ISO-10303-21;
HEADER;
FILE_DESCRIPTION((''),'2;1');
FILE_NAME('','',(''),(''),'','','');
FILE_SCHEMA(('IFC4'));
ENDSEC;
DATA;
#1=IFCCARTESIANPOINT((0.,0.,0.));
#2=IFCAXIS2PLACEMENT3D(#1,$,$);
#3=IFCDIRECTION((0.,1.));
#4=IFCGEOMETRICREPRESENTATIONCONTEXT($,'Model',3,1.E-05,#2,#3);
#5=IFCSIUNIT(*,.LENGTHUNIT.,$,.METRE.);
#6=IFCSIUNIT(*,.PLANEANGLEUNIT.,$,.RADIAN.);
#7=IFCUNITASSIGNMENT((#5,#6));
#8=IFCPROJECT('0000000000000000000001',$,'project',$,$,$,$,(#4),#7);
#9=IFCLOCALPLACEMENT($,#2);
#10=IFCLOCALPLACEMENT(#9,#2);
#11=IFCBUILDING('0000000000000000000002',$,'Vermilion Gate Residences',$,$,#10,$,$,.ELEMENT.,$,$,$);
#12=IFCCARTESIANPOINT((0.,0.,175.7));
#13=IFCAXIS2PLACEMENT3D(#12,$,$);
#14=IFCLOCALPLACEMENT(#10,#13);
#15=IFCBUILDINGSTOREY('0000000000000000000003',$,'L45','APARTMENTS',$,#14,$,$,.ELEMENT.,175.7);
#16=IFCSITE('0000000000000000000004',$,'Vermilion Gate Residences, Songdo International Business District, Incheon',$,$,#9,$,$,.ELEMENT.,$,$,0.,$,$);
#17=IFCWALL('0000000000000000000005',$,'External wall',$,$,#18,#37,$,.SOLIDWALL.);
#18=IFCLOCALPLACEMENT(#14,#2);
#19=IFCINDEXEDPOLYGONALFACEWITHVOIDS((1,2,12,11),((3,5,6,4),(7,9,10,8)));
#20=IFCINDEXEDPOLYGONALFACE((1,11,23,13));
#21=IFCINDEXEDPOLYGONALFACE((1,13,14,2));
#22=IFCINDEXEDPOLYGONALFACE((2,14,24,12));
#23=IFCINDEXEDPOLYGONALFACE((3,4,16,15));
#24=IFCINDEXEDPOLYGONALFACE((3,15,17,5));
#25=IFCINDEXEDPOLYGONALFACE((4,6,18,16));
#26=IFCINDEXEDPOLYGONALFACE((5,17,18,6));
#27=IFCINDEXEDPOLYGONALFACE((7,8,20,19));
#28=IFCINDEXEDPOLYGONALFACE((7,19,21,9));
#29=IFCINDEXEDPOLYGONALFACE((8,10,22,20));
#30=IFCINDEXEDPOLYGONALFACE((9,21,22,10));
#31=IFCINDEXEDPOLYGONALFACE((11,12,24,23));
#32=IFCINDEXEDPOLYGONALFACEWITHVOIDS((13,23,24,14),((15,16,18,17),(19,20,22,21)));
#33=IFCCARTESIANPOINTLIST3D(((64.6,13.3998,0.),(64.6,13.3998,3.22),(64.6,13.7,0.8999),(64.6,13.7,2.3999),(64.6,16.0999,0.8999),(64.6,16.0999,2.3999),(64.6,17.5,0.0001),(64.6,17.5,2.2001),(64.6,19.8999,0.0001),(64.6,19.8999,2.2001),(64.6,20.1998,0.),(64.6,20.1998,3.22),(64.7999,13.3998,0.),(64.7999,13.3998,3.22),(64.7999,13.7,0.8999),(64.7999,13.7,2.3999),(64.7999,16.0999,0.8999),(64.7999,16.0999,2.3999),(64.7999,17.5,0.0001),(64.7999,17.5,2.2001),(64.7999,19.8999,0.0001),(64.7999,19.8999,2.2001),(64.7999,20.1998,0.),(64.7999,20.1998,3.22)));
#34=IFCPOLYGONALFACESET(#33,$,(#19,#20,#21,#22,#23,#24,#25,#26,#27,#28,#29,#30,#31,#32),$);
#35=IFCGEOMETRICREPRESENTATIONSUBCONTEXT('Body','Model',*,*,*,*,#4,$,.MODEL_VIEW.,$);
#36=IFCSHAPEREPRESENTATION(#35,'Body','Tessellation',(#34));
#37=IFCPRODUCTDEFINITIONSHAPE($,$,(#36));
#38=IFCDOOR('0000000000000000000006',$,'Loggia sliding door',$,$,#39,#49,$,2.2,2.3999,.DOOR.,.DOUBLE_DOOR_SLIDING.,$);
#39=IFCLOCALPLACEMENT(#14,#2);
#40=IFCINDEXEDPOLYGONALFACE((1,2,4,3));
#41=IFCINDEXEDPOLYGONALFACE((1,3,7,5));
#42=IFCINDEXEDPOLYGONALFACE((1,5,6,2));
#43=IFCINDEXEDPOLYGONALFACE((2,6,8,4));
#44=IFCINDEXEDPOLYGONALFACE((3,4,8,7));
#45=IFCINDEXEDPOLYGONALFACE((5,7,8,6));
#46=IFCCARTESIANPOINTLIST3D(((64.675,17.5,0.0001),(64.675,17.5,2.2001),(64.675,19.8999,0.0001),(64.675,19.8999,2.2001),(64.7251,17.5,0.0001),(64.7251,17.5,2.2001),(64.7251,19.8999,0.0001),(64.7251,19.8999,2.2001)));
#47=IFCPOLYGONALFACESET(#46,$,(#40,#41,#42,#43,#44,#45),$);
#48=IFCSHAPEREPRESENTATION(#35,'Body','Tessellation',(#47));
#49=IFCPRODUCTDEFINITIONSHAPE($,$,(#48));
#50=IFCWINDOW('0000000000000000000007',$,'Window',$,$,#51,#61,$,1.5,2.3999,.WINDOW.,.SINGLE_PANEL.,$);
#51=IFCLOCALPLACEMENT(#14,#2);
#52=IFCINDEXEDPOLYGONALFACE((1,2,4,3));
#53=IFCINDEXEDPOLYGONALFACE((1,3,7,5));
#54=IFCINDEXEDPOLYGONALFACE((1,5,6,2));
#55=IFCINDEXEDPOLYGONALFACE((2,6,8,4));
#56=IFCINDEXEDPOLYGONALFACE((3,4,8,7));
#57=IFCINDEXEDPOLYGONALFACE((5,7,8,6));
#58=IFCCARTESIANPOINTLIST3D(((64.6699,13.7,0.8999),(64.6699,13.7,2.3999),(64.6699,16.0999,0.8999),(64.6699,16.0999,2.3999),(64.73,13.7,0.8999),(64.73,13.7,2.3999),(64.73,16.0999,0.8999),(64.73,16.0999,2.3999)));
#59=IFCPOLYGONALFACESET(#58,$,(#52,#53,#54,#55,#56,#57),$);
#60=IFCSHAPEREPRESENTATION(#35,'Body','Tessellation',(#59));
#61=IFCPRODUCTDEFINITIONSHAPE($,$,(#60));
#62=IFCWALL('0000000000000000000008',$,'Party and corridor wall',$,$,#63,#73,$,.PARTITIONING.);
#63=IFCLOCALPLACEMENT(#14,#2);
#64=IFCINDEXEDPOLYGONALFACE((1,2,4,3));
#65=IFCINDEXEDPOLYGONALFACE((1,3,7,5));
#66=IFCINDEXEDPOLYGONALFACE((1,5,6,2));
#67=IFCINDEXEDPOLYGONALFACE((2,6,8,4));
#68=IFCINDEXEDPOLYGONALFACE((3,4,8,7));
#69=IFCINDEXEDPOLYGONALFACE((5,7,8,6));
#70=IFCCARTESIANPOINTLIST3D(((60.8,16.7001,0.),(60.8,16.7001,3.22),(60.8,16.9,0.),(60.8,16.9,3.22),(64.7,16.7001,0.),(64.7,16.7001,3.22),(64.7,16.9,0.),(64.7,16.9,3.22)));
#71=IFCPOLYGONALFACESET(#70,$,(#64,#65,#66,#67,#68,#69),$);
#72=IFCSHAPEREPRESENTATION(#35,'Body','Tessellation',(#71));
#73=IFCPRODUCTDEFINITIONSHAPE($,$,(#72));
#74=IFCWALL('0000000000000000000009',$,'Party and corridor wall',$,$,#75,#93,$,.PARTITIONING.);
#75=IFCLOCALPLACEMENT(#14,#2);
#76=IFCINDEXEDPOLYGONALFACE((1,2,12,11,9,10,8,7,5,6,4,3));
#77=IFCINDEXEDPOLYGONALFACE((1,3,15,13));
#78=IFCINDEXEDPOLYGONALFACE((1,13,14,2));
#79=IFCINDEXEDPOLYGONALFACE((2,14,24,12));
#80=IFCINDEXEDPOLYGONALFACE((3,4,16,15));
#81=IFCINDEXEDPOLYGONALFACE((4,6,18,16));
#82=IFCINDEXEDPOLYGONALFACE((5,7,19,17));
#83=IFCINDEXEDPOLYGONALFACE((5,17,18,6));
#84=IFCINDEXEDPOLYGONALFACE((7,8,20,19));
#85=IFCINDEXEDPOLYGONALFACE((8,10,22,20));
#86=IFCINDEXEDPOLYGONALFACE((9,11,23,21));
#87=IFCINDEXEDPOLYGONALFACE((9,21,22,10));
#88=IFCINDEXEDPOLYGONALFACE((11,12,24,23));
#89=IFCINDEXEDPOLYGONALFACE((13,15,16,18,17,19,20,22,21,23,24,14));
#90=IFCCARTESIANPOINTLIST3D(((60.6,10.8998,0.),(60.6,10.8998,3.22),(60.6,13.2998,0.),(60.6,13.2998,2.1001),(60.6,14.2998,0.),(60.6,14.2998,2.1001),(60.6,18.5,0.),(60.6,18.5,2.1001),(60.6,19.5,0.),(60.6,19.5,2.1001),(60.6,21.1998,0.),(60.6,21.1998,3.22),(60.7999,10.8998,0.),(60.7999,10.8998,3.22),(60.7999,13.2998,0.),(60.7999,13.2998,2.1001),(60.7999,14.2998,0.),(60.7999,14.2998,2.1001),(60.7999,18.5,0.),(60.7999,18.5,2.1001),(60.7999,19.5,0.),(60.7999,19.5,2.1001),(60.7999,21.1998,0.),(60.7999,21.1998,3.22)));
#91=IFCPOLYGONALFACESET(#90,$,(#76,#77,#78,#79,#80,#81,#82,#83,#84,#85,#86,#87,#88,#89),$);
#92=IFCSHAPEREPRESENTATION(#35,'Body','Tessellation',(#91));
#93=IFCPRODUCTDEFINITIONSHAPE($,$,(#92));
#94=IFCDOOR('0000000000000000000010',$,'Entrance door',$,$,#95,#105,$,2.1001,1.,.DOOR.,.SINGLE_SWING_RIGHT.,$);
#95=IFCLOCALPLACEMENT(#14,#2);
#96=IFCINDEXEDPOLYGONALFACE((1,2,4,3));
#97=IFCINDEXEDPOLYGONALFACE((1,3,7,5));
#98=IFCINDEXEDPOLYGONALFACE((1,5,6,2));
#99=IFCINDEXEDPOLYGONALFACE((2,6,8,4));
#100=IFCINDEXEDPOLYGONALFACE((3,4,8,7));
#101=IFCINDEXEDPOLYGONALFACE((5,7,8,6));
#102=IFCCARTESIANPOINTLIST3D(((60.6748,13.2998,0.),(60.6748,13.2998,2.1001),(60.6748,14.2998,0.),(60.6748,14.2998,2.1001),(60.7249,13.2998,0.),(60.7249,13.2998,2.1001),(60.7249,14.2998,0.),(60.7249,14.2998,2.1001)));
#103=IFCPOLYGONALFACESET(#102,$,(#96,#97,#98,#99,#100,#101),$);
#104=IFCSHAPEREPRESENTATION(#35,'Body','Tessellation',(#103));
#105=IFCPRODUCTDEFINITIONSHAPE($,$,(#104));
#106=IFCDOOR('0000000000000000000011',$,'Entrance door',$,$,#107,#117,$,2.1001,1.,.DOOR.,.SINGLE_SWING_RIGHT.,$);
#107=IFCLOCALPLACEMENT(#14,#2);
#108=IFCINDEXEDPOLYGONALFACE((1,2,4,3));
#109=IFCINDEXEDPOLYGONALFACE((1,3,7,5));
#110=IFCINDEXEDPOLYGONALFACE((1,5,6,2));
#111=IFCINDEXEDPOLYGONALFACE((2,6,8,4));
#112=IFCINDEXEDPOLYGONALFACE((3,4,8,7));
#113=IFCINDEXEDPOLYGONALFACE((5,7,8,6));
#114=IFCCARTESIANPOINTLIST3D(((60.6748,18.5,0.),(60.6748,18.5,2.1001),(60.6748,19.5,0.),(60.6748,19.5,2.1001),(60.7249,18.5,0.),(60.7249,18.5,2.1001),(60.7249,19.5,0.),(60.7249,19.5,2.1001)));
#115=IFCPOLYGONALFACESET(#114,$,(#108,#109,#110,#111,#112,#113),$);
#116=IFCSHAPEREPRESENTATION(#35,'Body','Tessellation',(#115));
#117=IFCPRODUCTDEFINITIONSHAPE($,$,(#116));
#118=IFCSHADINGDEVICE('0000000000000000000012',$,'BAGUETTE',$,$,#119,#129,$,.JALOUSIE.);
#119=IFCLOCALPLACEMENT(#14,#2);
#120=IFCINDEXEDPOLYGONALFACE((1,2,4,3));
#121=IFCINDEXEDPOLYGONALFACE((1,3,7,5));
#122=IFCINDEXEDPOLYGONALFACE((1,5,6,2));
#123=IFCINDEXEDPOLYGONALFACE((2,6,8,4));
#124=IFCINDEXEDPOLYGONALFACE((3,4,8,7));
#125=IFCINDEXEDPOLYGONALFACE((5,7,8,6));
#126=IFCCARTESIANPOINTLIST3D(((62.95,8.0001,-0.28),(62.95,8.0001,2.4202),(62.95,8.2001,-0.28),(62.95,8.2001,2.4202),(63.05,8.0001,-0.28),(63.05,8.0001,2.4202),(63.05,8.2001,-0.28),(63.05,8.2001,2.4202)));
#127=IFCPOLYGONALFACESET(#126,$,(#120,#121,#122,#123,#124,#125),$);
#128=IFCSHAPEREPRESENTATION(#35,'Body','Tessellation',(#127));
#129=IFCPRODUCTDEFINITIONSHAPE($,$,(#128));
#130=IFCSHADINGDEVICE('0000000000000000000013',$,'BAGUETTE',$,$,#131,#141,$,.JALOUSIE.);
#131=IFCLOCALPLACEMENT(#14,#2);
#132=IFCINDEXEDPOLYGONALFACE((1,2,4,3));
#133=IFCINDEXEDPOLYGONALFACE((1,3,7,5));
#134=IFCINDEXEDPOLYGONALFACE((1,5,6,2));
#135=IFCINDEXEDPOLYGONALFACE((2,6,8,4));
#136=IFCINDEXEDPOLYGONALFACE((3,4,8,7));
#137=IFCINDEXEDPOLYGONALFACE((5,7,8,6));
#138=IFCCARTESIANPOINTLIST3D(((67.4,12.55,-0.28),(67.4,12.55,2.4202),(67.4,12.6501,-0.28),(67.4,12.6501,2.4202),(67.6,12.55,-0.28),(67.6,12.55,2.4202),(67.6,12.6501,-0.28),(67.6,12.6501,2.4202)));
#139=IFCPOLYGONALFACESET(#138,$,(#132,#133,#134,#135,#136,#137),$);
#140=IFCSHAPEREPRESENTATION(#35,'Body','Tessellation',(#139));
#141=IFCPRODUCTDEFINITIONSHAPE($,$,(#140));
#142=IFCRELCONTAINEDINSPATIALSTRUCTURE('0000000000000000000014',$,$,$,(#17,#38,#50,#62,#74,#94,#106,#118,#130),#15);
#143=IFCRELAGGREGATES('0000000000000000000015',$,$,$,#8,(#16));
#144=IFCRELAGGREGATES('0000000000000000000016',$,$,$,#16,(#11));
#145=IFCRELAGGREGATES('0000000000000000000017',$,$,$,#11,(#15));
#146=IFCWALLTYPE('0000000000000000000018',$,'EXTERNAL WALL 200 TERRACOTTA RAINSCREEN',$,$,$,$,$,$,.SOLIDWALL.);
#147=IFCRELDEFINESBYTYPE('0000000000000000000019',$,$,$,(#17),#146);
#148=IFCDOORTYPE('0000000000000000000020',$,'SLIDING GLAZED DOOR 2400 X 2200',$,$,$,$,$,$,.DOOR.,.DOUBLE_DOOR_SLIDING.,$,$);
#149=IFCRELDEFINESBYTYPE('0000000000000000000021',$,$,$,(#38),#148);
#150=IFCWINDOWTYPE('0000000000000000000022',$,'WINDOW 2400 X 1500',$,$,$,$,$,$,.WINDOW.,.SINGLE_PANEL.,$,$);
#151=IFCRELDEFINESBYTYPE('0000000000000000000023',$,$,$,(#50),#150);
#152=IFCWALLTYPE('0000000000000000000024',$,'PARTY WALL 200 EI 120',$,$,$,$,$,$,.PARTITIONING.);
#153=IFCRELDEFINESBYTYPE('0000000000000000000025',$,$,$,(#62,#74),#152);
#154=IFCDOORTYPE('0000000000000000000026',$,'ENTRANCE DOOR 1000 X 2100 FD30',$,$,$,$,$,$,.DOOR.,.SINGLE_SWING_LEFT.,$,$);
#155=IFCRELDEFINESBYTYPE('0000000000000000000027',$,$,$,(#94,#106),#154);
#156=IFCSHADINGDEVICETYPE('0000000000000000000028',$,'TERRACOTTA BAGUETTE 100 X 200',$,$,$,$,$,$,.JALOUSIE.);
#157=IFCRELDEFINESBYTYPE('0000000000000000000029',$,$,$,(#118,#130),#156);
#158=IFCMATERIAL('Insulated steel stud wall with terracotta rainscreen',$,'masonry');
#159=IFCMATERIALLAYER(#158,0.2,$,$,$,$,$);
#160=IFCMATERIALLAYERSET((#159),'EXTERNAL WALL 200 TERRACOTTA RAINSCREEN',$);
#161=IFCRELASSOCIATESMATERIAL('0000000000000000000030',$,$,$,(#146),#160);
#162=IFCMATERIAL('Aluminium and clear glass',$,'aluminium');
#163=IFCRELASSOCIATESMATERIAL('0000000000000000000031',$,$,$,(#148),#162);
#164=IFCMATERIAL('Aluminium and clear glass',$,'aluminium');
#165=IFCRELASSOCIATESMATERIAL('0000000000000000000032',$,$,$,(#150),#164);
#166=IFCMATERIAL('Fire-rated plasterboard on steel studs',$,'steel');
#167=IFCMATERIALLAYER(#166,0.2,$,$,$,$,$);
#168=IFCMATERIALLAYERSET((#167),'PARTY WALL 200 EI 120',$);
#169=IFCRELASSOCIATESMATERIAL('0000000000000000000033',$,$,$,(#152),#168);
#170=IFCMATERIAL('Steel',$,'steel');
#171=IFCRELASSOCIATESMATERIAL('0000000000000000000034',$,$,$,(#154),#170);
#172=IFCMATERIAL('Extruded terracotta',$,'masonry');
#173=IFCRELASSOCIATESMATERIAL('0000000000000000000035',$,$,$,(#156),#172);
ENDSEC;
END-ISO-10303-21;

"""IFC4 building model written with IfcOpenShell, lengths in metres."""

from ifc_helpers import new_model, si_unit, direction, frame, frame_2d, origin, origin_2d, place, context, subcontext, project, spatial, rectangle, extrude, material, layer, layer_set, material_profile, profile_set, type_object, element, fill, save


model = new_model("IFC4")

# Units and contexts
model_context = context("Model", 3, precision=1e-05, world=origin(), true_north=direction((0.0, 1.0)))
body_context = subcontext(model_context, "Body", "Model", "MODEL_VIEW")
ifc_project = project(units=[si_unit("LENGTHUNIT", "METRE"), si_unit("PLANEANGLEUNIT", "RADIAN")], contexts=[model_context])

# Site, building, storey
site_placement = place(None, origin())
site = spatial("IfcSite", under=ifc_project, at=site_placement, Name="Vermilion Gate Residences, Songdo International Business District, Incheon", CompositionType="ELEMENT", RefElevation=0.0)
building_placement = place(site_placement, origin())
building = spatial("IfcBuilding", under=site, at=building_placement, Name="Vermilion Gate Residences", CompositionType="ELEMENT")
storey_placement = place(building_placement, frame((0.0, 0.0, 175.7)))
storey = spatial("IfcBuildingStorey", under=building, at=storey_placement, Name="L45", Description="APARTMENTS", CompositionType="ELEMENT", Elevation=175.7)

# Shared definitions
ifc_material_1 = material(Name="Insulated steel stud wall with terracotta rainscreen", Category="masonry")
ifc_layer_1 = layer(ifc_material_1, 0.2)
ifc_layer_set_1 = layer_set([ifc_layer_1], Name="EXTERNAL WALL 200 TERRACOTTA RAINSCREEN")
wall_type_1 = type_object("IfcWallType", Name="EXTERNAL WALL 200 TERRACOTTA RAINSCREEN", PredefinedType="SOLIDWALL", material=ifc_layer_set_1)

# Wall, openings, door, window
wall_1_placement = place(storey_placement, frame((64.7, 13.3999, 0.0), z_axis=(0.0, 0.0, 1.0), x_axis=(0.0, 1.0, 0.0)))
wall_1 = element("IfcWall", 1, at=wall_1_placement, inside=storey, type_object=wall_type_1, Name="External wall", PredefinedType="SOLIDWALL", context=body_context, shape_type="SweptSolid", body=[
    extrude(rectangle(XDim=6.8, YDim=0.2, at=frame_2d((3.3999, 0.0))), origin(), (0.0, 0.0, 1.0), 3.22),
])
opening_1_placement = place(wall_1_placement, frame((0.3, 0.0, 0.8999)))
opening_1 = element("IfcOpeningElement", 2, at=opening_1_placement, cuts=wall_1, PredefinedType="OPENING", context=body_context, shape_type="SweptSolid", body=[
    extrude(rectangle(XDim=2.3999, YDim=1.5, at=frame_2d((1.2, 0.75))), frame((0.0, 0.1099, 0.0), z_axis=(0.0, -1.0, 0.0), x_axis=(1.0, 0.0, 0.0)), (0.0, 0.0, 1.0), 0.22),
])
opening_2_placement = place(wall_1_placement, frame((4.1001, 0.0, 0.0)))
opening_2 = element("IfcOpeningElement", 3, at=opening_2_placement, cuts=wall_1, PredefinedType="OPENING", context=body_context, shape_type="SweptSolid", body=[
    extrude(rectangle(XDim=2.3999, YDim=2.2, at=frame_2d((1.2, 1.1001))), frame((0.0, 0.1099, 0.0), z_axis=(0.0, -1.0, 0.0), x_axis=(1.0, 0.0, 0.0)), (0.0, 0.0, 1.0), 0.22),
])
ifc_material_2 = material(Name="Aluminium and clear glass", Category="aluminium")
door_type_1 = type_object("IfcDoorType", Name="SLIDING GLAZED DOOR 2400 X 2200", OperationType="DOUBLE_DOOR_SLIDING", PredefinedType="DOOR", material=ifc_material_2)
door_1_placement = place(opening_2_placement, origin())
door_1 = element("IfcDoor", 4, at=door_1_placement, inside=storey, type_object=door_type_1, Name="Loggia sliding door", OperationType="DOUBLE_DOOR_SLIDING", OverallHeight=2.2, OverallWidth=2.3999, PredefinedType="DOOR", context=body_context, shape_type="SweptSolid", body=[
    extrude(rectangle(XDim=2.3999, YDim=2.2, at=frame_2d((1.2, 1.1001))), frame((0.0, 0.0249, 0.0), z_axis=(0.0, -1.0, 0.0), x_axis=(1.0, 0.0, 0.0)), (0.0, 0.0, 1.0), 0.05),
])
fill(opening_2, door_1)
ifc_material_3 = material(Name="Aluminium and clear glass", Category="aluminium")
window_type_1 = type_object("IfcWindowType", Name="WINDOW 2400 X 1500", PartitioningType="SINGLE_PANEL", PredefinedType="WINDOW", material=ifc_material_3)
window_1_placement = place(opening_1_placement, origin())
window_1 = element("IfcWindow", 5, at=window_1_placement, inside=storey, type_object=window_type_1, Name="Window", OverallHeight=1.5, OverallWidth=2.3999, PartitioningType="SINGLE_PANEL", PredefinedType="WINDOW", context=body_context, shape_type="SweptSolid", body=[
    extrude(rectangle(XDim=2.3999, YDim=1.5, at=frame_2d((1.2, 0.75))), frame((0.0, 0.03, 0.0), z_axis=(0.0, -1.0, 0.0), x_axis=(1.0, 0.0, 0.0)), (0.0, 0.0, 1.0), 0.0601),
])
fill(opening_1, window_1)

# Wall
ifc_material_4 = material(Name="Fire-rated plasterboard on steel studs", Category="steel")
ifc_layer_2 = layer(ifc_material_4, 0.2)
ifc_layer_set_2 = layer_set([ifc_layer_2], Name="PARTY WALL 200 EI 120")
wall_type_2 = type_object("IfcWallType", Name="PARTY WALL 200 EI 120", PredefinedType="PARTITIONING", material=ifc_layer_set_2)
wall_2_placement = place(storey_placement, frame((60.8, 16.8, 0.0), z_axis=(0.0, 0.0, 1.0), x_axis=(1.0, 0.0, 0.0)))
element("IfcWall", 6, at=wall_2_placement, inside=storey, type_object=wall_type_2, Name="Party and corridor wall", PredefinedType="PARTITIONING", context=body_context, shape_type="SweptSolid", body=[
    extrude(rectangle(XDim=3.8999, YDim=0.2, at=frame_2d((1.95, 0.0))), origin(), (0.0, 0.0, 1.0), 3.22),
])

# Wall, openings, doors
wall_3_placement = place(storey_placement, frame((60.7, 10.8999, 0.0), z_axis=(0.0, 0.0, 1.0), x_axis=(0.0, 1.0, 0.0)))
wall_3 = element("IfcWall", 7, at=wall_3_placement, inside=storey, type_object=wall_type_2, Name="Party and corridor wall", PredefinedType="PARTITIONING", context=body_context, shape_type="SweptSolid", body=[
    extrude(rectangle(XDim=10.3, YDim=0.2, at=frame_2d((5.1499, 0.0))), origin(), (0.0, 0.0, 1.0), 3.22),
])
opening_3_placement = place(wall_3_placement, frame((2.3999, 0.0, 0.0)))
opening_3 = element("IfcOpeningElement", 8, at=opening_3_placement, cuts=wall_3, PredefinedType="OPENING", context=body_context, shape_type="SweptSolid", body=[
    extrude(rectangle(XDim=1.0, YDim=2.1001, at=frame_2d((0.5, 1.05))), frame((0.0, 0.1099, 0.0), z_axis=(0.0, -1.0, 0.0), x_axis=(1.0, 0.0, 0.0)), (0.0, 0.0, 1.0), 0.22),
])
opening_4_placement = place(wall_3_placement, frame((7.6001, 0.0, 0.0)))
opening_4 = element("IfcOpeningElement", 9, at=opening_4_placement, cuts=wall_3, PredefinedType="OPENING", context=body_context, shape_type="SweptSolid", body=[
    extrude(rectangle(XDim=1.0, YDim=2.1001, at=frame_2d((0.5, 1.05))), frame((0.0, 0.1099, 0.0), z_axis=(0.0, -1.0, 0.0), x_axis=(1.0, 0.0, 0.0)), (0.0, 0.0, 1.0), 0.22),
])
ifc_material_5 = material(Name="Steel", Category="steel")
door_type_2 = type_object("IfcDoorType", Name="ENTRANCE DOOR 1000 X 2100 FD30", OperationType="SINGLE_SWING_LEFT", PredefinedType="DOOR", material=ifc_material_5)
door_2_placement = place(opening_3_placement, frame((1.0, 0.0, 0.0), z_axis=(0.0, 0.0, 1.0), x_axis=(-1.0, 0.0, 0.0)))
door_2 = element("IfcDoor", 10, at=door_2_placement, inside=storey, type_object=door_type_2, Name="Entrance door", OperationType="SINGLE_SWING_RIGHT", OverallHeight=2.1001, OverallWidth=1.0, PredefinedType="DOOR", context=body_context, shape_type="SweptSolid", body=[
    extrude(rectangle(XDim=1.0, YDim=2.1001, at=frame_2d((0.5, 1.05))), frame((0.0, 0.0249, 0.0), z_axis=(0.0, -1.0, 0.0), x_axis=(1.0, 0.0, 0.0)), (0.0, 0.0, 1.0), 0.05),
])
fill(opening_3, door_2)
door_3_placement = place(opening_4_placement, frame((1.0, 0.0, 0.0), z_axis=(0.0, 0.0, 1.0), x_axis=(-1.0, 0.0, 0.0)))
door_3 = element("IfcDoor", 11, at=door_3_placement, inside=storey, type_object=door_type_2, Name="Entrance door", OperationType="SINGLE_SWING_RIGHT", OverallHeight=2.1001, OverallWidth=1.0, PredefinedType="DOOR", context=body_context, shape_type="SweptSolid", body=[
    extrude(rectangle(XDim=1.0, YDim=2.1001, at=frame_2d((0.5, 1.05))), frame((0.0, 0.0249, 0.0), z_axis=(0.0, -1.0, 0.0), x_axis=(1.0, 0.0, 0.0)), (0.0, 0.0, 1.0), 0.05),
])
fill(opening_4, door_3)

# Shading devices
ifc_material_6 = material(Name="Extruded terracotta", Category="masonry")
ifc_material_profile_1 = material_profile(ifc_material_6, rectangle(XDim=0.2, YDim=0.1001, at=origin_2d()), Name="BAGUETTE 100 X 200")
ifc_profile_set_1 = profile_set([ifc_material_profile_1], Name="Extruded terracotta")
shading_device_type = type_object("IfcShadingDeviceType", Name="TERRACOTTA BAGUETTE 100 X 200", PredefinedType="JALOUSIE", material=ifc_profile_set_1)
for number, where, z_axis, x_axis, name in (
    (12, (63.0, 8.1001, -0.28), (0.0, 0.0, 1.0), (0.0, 1.0, 0.0), "BAGUETTE"),
    (13, (67.5, 12.6001, -0.28), (0.0, 0.0, 1.0), (-1.0, 0.0, 0.0), "BAGUETTE"),
):
    element("IfcShadingDevice", number, at=place(storey_placement, frame(where, z_axis=z_axis, x_axis=x_axis)), inside=storey, type_object=shading_device_type, Name=name, PredefinedType="JALOUSIE", context=body_context, shape_type="SweptSolid", body=[
        extrude(rectangle(XDim=0.2, YDim=0.1001, at=origin_2d()), origin(), (0.0, 0.0, 1.0), 2.7002),
    ])

save(model, "model.ifc")
